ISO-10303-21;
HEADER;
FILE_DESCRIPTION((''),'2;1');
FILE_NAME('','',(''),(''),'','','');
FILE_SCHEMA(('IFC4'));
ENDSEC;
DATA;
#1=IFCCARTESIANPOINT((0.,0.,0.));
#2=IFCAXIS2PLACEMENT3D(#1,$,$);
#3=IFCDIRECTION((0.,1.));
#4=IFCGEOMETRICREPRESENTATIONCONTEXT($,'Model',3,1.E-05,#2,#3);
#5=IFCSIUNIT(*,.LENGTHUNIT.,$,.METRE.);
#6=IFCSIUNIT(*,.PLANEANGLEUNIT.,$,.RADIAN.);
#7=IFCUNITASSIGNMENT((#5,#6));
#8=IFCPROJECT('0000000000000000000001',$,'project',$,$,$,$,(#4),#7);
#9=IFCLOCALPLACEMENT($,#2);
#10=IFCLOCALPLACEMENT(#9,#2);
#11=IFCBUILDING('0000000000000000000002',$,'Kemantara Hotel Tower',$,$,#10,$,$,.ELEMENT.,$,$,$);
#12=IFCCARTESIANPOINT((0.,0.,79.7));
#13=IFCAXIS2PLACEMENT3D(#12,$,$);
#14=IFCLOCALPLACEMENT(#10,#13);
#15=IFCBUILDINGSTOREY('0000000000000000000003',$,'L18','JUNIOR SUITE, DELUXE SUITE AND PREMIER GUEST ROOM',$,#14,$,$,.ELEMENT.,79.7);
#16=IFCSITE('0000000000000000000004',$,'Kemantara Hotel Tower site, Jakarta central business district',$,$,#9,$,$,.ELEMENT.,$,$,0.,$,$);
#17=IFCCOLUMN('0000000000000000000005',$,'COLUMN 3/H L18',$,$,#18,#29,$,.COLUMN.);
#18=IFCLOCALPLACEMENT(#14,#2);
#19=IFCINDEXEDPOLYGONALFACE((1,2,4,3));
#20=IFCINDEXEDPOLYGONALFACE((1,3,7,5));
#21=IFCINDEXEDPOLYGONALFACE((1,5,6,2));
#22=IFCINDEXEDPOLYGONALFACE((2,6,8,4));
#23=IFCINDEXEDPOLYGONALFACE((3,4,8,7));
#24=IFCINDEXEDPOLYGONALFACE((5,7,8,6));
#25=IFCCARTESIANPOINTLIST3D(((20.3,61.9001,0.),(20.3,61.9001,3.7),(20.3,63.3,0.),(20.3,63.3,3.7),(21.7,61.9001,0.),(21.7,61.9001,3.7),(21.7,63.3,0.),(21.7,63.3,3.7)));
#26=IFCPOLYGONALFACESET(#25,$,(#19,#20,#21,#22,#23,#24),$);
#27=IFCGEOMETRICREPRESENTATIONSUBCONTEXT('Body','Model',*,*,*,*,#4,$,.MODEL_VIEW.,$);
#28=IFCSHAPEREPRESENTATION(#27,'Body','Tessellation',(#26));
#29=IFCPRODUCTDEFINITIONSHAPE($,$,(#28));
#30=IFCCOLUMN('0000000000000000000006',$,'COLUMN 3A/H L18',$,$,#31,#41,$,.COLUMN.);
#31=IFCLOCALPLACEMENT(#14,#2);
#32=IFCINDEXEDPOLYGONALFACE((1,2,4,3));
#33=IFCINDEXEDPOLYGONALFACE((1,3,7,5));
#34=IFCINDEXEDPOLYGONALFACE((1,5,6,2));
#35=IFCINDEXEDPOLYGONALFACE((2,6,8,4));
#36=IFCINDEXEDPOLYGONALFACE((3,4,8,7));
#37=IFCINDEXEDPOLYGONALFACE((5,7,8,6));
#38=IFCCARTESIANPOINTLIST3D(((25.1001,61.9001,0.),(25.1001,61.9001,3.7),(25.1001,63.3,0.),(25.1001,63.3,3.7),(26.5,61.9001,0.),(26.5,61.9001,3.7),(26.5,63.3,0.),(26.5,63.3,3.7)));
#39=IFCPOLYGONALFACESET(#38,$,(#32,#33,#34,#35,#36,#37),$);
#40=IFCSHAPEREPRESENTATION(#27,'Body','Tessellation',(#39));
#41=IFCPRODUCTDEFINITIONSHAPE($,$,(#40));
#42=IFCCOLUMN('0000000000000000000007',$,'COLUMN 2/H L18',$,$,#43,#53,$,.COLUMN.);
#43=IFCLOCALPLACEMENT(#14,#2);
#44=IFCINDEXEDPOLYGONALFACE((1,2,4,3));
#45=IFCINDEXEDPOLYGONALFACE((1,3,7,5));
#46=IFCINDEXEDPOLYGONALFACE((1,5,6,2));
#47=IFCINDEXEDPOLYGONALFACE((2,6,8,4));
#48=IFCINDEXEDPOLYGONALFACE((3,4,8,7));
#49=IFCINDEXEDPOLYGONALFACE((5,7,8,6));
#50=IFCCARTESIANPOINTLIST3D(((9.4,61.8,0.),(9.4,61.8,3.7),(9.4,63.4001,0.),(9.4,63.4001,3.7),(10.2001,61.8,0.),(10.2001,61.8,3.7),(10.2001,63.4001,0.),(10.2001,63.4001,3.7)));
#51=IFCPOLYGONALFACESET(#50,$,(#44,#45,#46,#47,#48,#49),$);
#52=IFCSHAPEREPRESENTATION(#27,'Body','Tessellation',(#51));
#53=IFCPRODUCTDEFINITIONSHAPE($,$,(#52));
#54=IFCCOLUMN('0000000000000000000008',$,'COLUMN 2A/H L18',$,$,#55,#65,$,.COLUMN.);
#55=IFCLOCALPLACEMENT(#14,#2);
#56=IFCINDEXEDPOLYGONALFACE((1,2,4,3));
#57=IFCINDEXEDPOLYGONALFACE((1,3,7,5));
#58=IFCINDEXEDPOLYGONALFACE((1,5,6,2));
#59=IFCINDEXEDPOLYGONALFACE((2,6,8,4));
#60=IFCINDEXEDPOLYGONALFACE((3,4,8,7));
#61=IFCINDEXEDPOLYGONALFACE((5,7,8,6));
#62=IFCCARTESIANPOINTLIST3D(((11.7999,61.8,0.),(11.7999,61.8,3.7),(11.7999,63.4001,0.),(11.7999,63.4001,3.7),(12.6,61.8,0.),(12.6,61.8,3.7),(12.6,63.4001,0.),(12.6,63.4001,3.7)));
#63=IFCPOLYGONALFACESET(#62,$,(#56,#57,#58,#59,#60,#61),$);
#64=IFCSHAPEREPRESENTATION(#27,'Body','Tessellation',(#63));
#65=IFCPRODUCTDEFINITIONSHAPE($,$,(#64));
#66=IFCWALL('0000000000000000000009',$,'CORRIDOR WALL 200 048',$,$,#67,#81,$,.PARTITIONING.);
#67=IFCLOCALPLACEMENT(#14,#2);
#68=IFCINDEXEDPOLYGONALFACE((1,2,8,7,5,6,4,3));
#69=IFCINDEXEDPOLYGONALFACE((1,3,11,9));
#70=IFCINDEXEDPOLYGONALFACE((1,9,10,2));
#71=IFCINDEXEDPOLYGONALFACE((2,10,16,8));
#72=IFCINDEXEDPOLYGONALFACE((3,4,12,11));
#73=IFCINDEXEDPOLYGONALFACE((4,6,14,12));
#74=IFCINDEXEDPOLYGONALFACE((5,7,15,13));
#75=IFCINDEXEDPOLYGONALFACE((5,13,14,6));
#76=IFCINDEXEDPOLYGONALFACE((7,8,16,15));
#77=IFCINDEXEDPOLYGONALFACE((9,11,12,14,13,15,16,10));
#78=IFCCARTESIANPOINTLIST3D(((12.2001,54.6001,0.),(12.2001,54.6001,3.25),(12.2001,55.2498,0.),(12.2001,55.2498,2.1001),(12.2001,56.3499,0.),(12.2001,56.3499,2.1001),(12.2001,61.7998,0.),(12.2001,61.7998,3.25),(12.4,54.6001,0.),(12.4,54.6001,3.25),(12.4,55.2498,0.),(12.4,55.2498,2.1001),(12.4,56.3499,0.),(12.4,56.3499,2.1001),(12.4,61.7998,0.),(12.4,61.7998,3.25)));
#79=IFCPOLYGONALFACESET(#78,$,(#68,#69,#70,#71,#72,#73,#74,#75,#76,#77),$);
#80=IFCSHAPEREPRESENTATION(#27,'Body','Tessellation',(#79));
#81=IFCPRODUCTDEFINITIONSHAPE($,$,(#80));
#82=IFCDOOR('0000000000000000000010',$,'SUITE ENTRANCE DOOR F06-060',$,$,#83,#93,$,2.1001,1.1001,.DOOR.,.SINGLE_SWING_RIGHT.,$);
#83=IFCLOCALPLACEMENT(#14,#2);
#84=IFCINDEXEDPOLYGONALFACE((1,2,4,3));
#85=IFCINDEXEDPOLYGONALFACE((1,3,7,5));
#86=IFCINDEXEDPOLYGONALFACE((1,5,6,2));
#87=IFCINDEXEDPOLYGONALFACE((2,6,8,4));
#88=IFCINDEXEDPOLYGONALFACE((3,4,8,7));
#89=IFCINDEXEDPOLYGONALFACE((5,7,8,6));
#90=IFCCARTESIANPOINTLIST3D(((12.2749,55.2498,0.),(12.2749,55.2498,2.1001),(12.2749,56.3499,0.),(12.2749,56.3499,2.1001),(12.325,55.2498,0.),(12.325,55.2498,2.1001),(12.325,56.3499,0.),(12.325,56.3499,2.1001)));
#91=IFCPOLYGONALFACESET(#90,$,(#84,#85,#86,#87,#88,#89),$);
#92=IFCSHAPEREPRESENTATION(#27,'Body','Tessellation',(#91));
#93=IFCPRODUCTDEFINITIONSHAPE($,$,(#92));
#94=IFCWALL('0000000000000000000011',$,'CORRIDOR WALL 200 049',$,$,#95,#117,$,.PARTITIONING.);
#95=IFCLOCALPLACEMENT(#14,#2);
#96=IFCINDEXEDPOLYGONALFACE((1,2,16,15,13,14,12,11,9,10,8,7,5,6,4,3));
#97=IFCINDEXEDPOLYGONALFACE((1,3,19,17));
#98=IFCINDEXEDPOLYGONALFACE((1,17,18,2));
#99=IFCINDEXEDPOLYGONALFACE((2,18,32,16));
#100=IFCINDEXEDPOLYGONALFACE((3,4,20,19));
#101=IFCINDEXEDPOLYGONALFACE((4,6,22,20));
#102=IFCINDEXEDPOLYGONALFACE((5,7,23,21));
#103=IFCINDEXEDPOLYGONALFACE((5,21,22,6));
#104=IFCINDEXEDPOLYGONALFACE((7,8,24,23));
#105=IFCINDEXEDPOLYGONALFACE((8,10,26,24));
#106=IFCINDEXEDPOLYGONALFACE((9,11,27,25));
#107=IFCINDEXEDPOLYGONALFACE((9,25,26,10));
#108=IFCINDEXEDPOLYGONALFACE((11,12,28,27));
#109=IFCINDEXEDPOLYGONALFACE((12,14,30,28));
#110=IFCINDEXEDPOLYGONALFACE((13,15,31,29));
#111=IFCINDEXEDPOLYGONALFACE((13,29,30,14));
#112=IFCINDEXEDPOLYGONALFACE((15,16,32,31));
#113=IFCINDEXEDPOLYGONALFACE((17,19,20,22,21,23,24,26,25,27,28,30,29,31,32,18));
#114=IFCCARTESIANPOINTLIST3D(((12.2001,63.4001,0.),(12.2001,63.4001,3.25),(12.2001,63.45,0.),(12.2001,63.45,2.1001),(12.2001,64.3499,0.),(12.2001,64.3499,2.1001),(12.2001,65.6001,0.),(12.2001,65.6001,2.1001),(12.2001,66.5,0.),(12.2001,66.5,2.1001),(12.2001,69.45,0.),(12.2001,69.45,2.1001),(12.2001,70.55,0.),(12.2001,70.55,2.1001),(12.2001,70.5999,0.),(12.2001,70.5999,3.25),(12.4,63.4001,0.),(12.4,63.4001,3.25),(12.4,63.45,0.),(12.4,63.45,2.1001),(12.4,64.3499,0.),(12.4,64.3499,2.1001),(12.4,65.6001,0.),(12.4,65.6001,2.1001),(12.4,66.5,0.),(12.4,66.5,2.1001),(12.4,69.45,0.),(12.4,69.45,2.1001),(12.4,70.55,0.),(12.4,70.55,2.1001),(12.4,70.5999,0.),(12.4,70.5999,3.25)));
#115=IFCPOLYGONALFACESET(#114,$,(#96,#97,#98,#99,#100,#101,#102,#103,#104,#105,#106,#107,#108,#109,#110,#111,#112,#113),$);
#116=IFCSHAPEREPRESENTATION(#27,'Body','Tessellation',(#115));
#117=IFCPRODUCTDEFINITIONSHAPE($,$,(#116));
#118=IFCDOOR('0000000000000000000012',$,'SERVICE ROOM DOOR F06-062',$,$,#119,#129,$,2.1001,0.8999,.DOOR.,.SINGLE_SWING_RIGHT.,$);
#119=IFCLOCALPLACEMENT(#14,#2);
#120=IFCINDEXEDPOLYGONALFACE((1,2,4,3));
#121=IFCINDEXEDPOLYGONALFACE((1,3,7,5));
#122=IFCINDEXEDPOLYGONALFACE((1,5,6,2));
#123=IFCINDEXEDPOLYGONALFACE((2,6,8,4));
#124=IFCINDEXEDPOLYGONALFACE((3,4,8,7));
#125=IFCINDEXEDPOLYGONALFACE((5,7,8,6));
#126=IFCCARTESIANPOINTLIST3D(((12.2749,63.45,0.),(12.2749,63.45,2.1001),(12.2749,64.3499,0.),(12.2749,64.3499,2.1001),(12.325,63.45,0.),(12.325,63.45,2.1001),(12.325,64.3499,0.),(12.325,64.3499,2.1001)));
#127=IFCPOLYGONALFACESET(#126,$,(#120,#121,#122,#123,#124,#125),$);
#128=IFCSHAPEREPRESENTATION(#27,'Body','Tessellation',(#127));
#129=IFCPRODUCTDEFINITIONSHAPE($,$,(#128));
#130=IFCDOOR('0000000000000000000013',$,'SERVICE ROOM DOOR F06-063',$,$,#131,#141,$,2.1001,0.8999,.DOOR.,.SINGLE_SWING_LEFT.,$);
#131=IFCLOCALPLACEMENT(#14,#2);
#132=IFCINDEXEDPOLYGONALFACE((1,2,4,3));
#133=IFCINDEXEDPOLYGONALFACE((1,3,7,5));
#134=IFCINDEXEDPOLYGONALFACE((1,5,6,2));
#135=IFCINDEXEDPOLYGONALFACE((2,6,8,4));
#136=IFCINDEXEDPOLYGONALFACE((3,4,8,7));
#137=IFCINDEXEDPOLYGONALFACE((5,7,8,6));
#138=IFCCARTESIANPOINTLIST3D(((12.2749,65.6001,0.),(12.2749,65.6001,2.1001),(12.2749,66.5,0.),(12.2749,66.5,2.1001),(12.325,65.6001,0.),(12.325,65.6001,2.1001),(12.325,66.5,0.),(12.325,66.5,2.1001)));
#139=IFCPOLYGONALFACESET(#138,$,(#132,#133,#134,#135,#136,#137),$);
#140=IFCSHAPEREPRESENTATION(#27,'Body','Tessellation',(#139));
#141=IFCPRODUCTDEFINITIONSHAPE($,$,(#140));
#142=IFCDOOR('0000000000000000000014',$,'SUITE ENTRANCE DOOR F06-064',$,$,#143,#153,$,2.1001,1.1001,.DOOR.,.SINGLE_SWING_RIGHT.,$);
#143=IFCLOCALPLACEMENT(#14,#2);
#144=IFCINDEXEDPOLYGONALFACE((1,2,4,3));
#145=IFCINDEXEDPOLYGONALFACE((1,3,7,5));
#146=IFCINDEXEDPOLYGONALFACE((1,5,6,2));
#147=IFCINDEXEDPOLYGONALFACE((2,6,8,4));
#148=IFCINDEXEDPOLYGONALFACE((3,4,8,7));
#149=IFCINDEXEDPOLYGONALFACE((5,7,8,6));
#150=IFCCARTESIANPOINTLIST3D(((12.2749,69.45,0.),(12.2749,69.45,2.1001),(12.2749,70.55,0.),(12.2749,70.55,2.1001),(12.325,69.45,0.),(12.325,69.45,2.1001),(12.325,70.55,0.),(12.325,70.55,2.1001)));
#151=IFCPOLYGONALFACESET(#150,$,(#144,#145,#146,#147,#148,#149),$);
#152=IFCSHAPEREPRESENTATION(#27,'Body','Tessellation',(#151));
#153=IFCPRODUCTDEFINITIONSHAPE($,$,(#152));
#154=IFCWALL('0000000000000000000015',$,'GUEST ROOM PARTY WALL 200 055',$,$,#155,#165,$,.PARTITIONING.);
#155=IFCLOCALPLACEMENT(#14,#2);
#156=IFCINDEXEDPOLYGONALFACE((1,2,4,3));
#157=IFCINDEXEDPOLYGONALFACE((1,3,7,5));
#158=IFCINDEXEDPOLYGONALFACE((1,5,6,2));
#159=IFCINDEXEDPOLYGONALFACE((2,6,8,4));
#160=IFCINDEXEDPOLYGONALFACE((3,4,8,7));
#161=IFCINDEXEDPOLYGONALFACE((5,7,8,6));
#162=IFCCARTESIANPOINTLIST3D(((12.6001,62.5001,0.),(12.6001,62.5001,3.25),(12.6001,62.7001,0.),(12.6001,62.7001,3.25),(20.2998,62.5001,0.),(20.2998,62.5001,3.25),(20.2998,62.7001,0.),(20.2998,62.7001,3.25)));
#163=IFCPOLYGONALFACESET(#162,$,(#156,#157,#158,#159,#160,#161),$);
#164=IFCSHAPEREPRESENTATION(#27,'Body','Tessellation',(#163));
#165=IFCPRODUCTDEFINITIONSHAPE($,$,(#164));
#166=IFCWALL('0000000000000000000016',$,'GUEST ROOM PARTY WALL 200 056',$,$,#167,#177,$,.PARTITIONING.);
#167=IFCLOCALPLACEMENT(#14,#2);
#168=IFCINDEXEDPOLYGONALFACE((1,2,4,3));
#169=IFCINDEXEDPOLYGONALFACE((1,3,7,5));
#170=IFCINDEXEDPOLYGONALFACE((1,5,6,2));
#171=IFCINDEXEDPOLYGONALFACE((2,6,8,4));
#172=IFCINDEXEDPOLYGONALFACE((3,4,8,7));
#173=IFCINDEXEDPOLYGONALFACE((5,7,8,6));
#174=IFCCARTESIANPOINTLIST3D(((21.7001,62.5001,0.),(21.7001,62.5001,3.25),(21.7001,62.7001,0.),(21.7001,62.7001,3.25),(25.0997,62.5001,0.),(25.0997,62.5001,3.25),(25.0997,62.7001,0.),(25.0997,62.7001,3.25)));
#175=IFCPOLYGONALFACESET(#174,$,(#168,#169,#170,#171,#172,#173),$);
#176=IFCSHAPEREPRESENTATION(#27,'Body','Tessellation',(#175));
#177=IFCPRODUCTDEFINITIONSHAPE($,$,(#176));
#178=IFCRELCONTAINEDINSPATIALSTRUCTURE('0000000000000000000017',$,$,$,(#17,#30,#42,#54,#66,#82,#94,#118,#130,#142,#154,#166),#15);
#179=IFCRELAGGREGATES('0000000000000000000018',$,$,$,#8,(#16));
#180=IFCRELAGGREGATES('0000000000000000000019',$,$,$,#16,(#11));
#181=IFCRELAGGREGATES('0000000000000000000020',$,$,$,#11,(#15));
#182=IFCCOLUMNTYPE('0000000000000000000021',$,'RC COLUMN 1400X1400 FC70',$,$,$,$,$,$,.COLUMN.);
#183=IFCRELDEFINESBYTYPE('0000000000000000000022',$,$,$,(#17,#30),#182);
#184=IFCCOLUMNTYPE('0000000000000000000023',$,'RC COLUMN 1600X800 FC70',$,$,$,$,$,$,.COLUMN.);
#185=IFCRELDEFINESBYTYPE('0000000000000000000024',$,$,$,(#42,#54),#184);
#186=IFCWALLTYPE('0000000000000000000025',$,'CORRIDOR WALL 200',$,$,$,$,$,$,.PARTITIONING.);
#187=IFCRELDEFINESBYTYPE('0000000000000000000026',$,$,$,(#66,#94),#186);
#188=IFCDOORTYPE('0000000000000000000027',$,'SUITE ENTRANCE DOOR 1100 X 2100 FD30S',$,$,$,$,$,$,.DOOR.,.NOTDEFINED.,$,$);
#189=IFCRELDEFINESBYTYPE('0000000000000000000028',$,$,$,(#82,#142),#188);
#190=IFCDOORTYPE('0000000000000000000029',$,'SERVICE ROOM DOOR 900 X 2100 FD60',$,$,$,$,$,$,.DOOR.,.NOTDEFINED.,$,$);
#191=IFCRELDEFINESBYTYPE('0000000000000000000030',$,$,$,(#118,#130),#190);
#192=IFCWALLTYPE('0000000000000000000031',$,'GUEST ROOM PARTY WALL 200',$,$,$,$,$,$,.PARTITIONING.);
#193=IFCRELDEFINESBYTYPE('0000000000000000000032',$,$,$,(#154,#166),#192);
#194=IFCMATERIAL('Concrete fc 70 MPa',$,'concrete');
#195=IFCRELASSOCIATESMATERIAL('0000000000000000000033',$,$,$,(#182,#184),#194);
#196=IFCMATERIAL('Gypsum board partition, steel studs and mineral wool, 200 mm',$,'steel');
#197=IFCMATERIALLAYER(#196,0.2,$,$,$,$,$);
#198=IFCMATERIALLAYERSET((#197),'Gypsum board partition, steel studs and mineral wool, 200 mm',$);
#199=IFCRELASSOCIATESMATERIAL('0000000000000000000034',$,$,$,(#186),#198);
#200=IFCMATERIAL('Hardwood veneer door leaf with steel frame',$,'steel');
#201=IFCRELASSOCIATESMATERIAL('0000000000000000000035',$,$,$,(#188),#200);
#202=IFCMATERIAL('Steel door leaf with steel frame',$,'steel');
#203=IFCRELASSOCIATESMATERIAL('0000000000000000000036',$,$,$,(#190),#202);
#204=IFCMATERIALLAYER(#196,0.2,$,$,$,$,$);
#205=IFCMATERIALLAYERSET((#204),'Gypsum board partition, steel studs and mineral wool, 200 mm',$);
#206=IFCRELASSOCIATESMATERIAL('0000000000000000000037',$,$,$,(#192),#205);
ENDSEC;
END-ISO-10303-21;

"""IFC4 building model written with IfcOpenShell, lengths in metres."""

from ifc_helpers import new_model, si_unit, direction, frame, frame_2d, origin, origin_2d, place, context, subcontext, project, spatial, rectangle, extrude, material, layer, layer_set, material_profile, profile_set, type_object, element, fill, save


model = new_model("IFC4")

# Units and contexts
model_context = context("Model", 3, precision=1e-05, world=origin(), true_north=direction((0.0, 1.0)))
body_context = subcontext(model_context, "Body", "Model", "MODEL_VIEW")
ifc_project = project(units=[si_unit("LENGTHUNIT", "METRE"), si_unit("PLANEANGLEUNIT", "RADIAN")], contexts=[model_context])

# Site, building, storey
site_placement = place(None, origin())
site = spatial("IfcSite", under=ifc_project, at=site_placement, Name="Kemantara Hotel Tower site, Jakarta central business district", CompositionType="ELEMENT", RefElevation=0.0)
building_placement = place(site_placement, origin())
building = spatial("IfcBuilding", under=site, at=building_placement, Name="Kemantara Hotel Tower", CompositionType="ELEMENT")
storey_placement = place(building_placement, frame((0.0, 0.0, 79.7)))
storey = spatial("IfcBuildingStorey", under=building, at=storey_placement, Name="L18", Description="JUNIOR SUITE, DELUXE SUITE AND PREMIER GUEST ROOM", CompositionType="ELEMENT", Elevation=79.7)

# Columns
ifc_material_1 = material(Name="Concrete fc 70 MPa", Category="concrete")
ifc_material_profile_1 = material_profile(ifc_material_1, rectangle(XDim=1.3999, YDim=1.3999, at=origin_2d()), Name="RC 1400X1400")
ifc_profile_set_1 = profile_set([ifc_material_profile_1], Name="Concrete fc 70 MPa")
column_type_1 = type_object("IfcColumnType", Name="RC COLUMN 1400X1400 FC70", PredefinedType="COLUMN", material=ifc_profile_set_1)
for number, where, z_axis, x_axis, name in (
    (1, (21.0, 62.6001, 0.0), (0.0, 0.0, 1.0), (1.0, 0.0, 0.0), "COLUMN 3/H L18"),
    (2, (25.8, 62.6001, 0.0), (0.0, 0.0, 1.0), (1.0, 0.0, 0.0), "COLUMN 3A/H L18"),
):
    element("IfcColumn", number, at=place(storey_placement, frame(where, z_axis=z_axis, x_axis=x_axis)), inside=storey, type_object=column_type_1, Name=name, PredefinedType="COLUMN", context=body_context, shape_type="SweptSolid", body=[
        extrude(rectangle(XDim=1.3999, YDim=1.3999, at=origin_2d()), origin(), (0.0, 0.0, 1.0), 3.7),
    ])
ifc_material_profile_2 = material_profile(ifc_material_1, rectangle(XDim=1.6001, YDim=0.8, at=origin_2d()), Name="RC 1600X800")
ifc_profile_set_2 = profile_set([ifc_material_profile_2], Name="Concrete fc 70 MPa")
column_type_2 = type_object("IfcColumnType", Name="RC COLUMN 1600X800 FC70", PredefinedType="COLUMN", material=ifc_profile_set_2)
for number, where, z_axis, x_axis, name in (
    (3, (9.8, 62.6001, 0.0), (0.0, 0.0, 1.0), (0.0, 1.0, 0.0), "COLUMN 2/H L18"),
    (4, (12.2, 62.6001, 0.0), (0.0, 0.0, 1.0), (0.0, 1.0, 0.0), "COLUMN 2A/H L18"),
):
    element("IfcColumn", number, at=place(storey_placement, frame(where, z_axis=z_axis, x_axis=x_axis)), inside=storey, type_object=column_type_2, Name=name, PredefinedType="COLUMN", context=body_context, shape_type="SweptSolid", body=[
        extrude(rectangle(XDim=1.6001, YDim=0.8, at=origin_2d()), origin(), (0.0, 0.0, 1.0), 3.7),
    ])

# Wall, opening, door
ifc_material_2 = material(Name="Gypsum board partition, steel studs and mineral wool, 200 mm", Category="steel")
ifc_layer_1 = layer(ifc_material_2, 0.2)
ifc_layer_set_1 = layer_set([ifc_layer_1], Name="Gypsum board partition, steel studs and mineral wool, 200 mm")
wall_type_1 = type_object("IfcWallType", Name="CORRIDOR WALL 200", PredefinedType="PARTITIONING", material=ifc_layer_set_1)
wall_1_placement = place(storey_placement, frame((12.3, 61.7998, 0.0), z_axis=(0.0, 0.0, 1.0), x_axis=(0.0, -1.0, 0.0)))
wall_1 = element("IfcWall", 5, at=wall_1_placement, inside=storey, type_object=wall_type_1, Name="CORRIDOR WALL 200 048", PredefinedType="PARTITIONING", context=body_context, shape_type="SweptSolid", body=[
    extrude(rectangle(XDim=7.1997, YDim=0.2, at=frame_2d((3.5999, 0.0))), origin(), (0.0, 0.0, 1.0), 3.25),
])
opening_1_placement = place(wall_1_placement, frame((5.45, 0.0, 0.0)))
opening_1 = element("IfcOpeningElement", 6, at=opening_1_placement, cuts=wall_1, PredefinedType="OPENING", context=body_context, shape_type="SweptSolid", body=[
    extrude(rectangle(XDim=1.1001, YDim=2.1001, at=frame_2d((0.55, 1.05))), frame((0.0, 0.1099, 0.0), z_axis=(0.0, -1.0, 0.0), x_axis=(1.0, 0.0, 0.0)), (0.0, 0.0, 1.0), 0.22),
])
ifc_material_3 = material(Name="Hardwood veneer door leaf with steel frame", Category="steel")
door_type_1 = type_object("IfcDoorType", Name="SUITE ENTRANCE DOOR 1100 X 2100 FD30S", OperationType="NOTDEFINED", PredefinedType="DOOR", material=ifc_material_3)
door_1_placement = place(opening_1_placement, origin())
door_1 = element("IfcDoor", 7, at=door_1_placement, inside=storey, type_object=door_type_1, Name="SUITE ENTRANCE DOOR F06-060", OperationType="SINGLE_SWING_RIGHT", OverallHeight=2.1001, OverallWidth=1.1001, PredefinedType="DOOR", context=body_context, shape_type="SweptSolid", body=[
    extrude(rectangle(XDim=1.1001, YDim=2.1001, at=frame_2d((0.55, 1.05))), frame((0.0, 0.0249, 0.0), z_axis=(0.0, -1.0, 0.0), x_axis=(1.0, 0.0, 0.0)), (0.0, 0.0, 1.0), 0.05),
])
fill(opening_1, door_1)

# Wall, openings, doors
wall_2_placement = place(storey_placement, frame((12.3, 70.5999, 0.0), z_axis=(0.0, 0.0, 1.0), x_axis=(0.0, -1.0, 0.0)))
wall_2 = element("IfcWall", 8, at=wall_2_placement, inside=storey, type_object=wall_type_1, Name="CORRIDOR WALL 200 049", PredefinedType="PARTITIONING", context=body_context, shape_type="SweptSolid", body=[
    extrude(rectangle(XDim=7.1997, YDim=0.2, at=frame_2d((3.5999, 0.0))), origin(), (0.0, 0.0, 1.0), 3.25),
])
opening_2_placement = place(wall_2_placement, frame((6.25, 0.0, 0.0)))
opening_2 = element("IfcOpeningElement", 9, at=opening_2_placement, cuts=wall_2, PredefinedType="OPENING", context=body_context, shape_type="SweptSolid", body=[
    extrude(rectangle(XDim=0.8999, YDim=2.1001, at=frame_2d((0.45, 1.05))), frame((0.0, 0.1099, 0.0), z_axis=(0.0, -1.0, 0.0), x_axis=(1.0, 0.0, 0.0)), (0.0, 0.0, 1.0), 0.22),
])
opening_3_placement = place(wall_2_placement, frame((4.0999, 0.0, 0.0)))
opening_3 = element("IfcOpeningElement", 10, at=opening_3_placement, cuts=wall_2, PredefinedType="OPENING", context=body_context, shape_type="SweptSolid", body=[
    extrude(rectangle(XDim=0.8999, YDim=2.1001, at=frame_2d((0.45, 1.05))), frame((0.0, 0.1099, 0.0), z_axis=(0.0, -1.0, 0.0), x_axis=(1.0, 0.0, 0.0)), (0.0, 0.0, 1.0), 0.22),
])
opening_4_placement = place(wall_2_placement, frame((0.0498, 0.0, 0.0)))
opening_4 = element("IfcOpeningElement", 11, at=opening_4_placement, cuts=wall_2, PredefinedType="OPENING", context=body_context, shape_type="SweptSolid", body=[
    extrude(rectangle(XDim=1.1001, YDim=2.1001, at=frame_2d((0.55, 1.05))), frame((0.0, 0.1099, 0.0), z_axis=(0.0, -1.0, 0.0), x_axis=(1.0, 0.0, 0.0)), (0.0, 0.0, 1.0), 0.22),
])
ifc_material_4 = material(Name="Steel door leaf with steel frame", Category="steel")
door_type_2 = type_object("IfcDoorType", Name="SERVICE ROOM DOOR 900 X 2100 FD60", OperationType="NOTDEFINED", PredefinedType="DOOR", material=ifc_material_4)
door_2_placement = place(opening_2_placement, origin())
door_2 = element("IfcDoor", 12, at=door_2_placement, inside=storey, type_object=door_type_2, Name="SERVICE ROOM DOOR F06-062", OperationType="SINGLE_SWING_RIGHT", OverallHeight=2.1001, OverallWidth=0.8999, PredefinedType="DOOR", context=body_context, shape_type="SweptSolid", body=[
    extrude(rectangle(XDim=0.8999, YDim=2.1001, at=frame_2d((0.45, 1.05))), frame((0.0, 0.0249, 0.0), z_axis=(0.0, -1.0, 0.0), x_axis=(1.0, 0.0, 0.0)), (0.0, 0.0, 1.0), 0.05),
])
fill(opening_2, door_2)
door_3_placement = place(opening_3_placement, origin())
door_3 = element("IfcDoor", 13, at=door_3_placement, inside=storey, type_object=door_type_2, Name="SERVICE ROOM DOOR F06-063", OperationType="SINGLE_SWING_LEFT", OverallHeight=2.1001, OverallWidth=0.8999, PredefinedType="DOOR", context=body_context, shape_type="SweptSolid", body=[
    extrude(rectangle(XDim=0.8999, YDim=2.1001, at=frame_2d((0.45, 1.05))), frame((0.0, 0.0249, 0.0), z_axis=(0.0, -1.0, 0.0), x_axis=(1.0, 0.0, 0.0)), (0.0, 0.0, 1.0), 0.05),
])
fill(opening_3, door_3)
door_4_placement = place(opening_4_placement, origin())
door_4 = element("IfcDoor", 14, at=door_4_placement, inside=storey, type_object=door_type_1, Name="SUITE ENTRANCE DOOR F06-064", OperationType="SINGLE_SWING_RIGHT", OverallHeight=2.1001, OverallWidth=1.1001, PredefinedType="DOOR", context=body_context, shape_type="SweptSolid", body=[
    extrude(rectangle(XDim=1.1001, YDim=2.1001, at=frame_2d((0.55, 1.05))), frame((0.0, 0.0249, 0.0), z_axis=(0.0, -1.0, 0.0), x_axis=(1.0, 0.0, 0.0)), (0.0, 0.0, 1.0), 0.05),
])
fill(opening_4, door_4)

# Walls
ifc_layer_2 = layer(ifc_material_2, 0.2)
ifc_layer_set_2 = layer_set([ifc_layer_2], Name="Gypsum board partition, steel studs and mineral wool, 200 mm")
wall_type_2 = type_object("IfcWallType", Name="GUEST ROOM PARTY WALL 200", PredefinedType="PARTITIONING", material=ifc_layer_set_2)
wall_3_placement = place(storey_placement, frame((12.6001, 62.6001, 0.0), z_axis=(0.0, 0.0, 1.0), x_axis=(1.0, 0.0, 0.0)))
element("IfcWall", 15, at=wall_3_placement, inside=storey, type_object=wall_type_2, Name="GUEST ROOM PARTY WALL 200 055", PredefinedType="PARTITIONING", context=body_context, shape_type="SweptSolid", body=[
    extrude(rectangle(XDim=7.6997, YDim=0.2, at=frame_2d((3.8499, 0.0))), origin(), (0.0, 0.0, 1.0), 3.25),
])
wall_4_placement = place(storey_placement, frame((21.7002, 62.6001, 0.0), z_axis=(0.0, 0.0, 1.0), x_axis=(1.0, 0.0, 0.0)))
element("IfcWall", 16, at=wall_4_placement, inside=storey, type_object=wall_type_2, Name="GUEST ROOM PARTY WALL 200 056", PredefinedType="PARTITIONING", context=body_context, shape_type="SweptSolid", body=[
    extrude(rectangle(XDim=3.3997, YDim=0.2, at=frame_2d((1.6997, 0.0))), origin(), (0.0, 0.0, 1.0), 3.25),
])

save(model, "model.ifc")
